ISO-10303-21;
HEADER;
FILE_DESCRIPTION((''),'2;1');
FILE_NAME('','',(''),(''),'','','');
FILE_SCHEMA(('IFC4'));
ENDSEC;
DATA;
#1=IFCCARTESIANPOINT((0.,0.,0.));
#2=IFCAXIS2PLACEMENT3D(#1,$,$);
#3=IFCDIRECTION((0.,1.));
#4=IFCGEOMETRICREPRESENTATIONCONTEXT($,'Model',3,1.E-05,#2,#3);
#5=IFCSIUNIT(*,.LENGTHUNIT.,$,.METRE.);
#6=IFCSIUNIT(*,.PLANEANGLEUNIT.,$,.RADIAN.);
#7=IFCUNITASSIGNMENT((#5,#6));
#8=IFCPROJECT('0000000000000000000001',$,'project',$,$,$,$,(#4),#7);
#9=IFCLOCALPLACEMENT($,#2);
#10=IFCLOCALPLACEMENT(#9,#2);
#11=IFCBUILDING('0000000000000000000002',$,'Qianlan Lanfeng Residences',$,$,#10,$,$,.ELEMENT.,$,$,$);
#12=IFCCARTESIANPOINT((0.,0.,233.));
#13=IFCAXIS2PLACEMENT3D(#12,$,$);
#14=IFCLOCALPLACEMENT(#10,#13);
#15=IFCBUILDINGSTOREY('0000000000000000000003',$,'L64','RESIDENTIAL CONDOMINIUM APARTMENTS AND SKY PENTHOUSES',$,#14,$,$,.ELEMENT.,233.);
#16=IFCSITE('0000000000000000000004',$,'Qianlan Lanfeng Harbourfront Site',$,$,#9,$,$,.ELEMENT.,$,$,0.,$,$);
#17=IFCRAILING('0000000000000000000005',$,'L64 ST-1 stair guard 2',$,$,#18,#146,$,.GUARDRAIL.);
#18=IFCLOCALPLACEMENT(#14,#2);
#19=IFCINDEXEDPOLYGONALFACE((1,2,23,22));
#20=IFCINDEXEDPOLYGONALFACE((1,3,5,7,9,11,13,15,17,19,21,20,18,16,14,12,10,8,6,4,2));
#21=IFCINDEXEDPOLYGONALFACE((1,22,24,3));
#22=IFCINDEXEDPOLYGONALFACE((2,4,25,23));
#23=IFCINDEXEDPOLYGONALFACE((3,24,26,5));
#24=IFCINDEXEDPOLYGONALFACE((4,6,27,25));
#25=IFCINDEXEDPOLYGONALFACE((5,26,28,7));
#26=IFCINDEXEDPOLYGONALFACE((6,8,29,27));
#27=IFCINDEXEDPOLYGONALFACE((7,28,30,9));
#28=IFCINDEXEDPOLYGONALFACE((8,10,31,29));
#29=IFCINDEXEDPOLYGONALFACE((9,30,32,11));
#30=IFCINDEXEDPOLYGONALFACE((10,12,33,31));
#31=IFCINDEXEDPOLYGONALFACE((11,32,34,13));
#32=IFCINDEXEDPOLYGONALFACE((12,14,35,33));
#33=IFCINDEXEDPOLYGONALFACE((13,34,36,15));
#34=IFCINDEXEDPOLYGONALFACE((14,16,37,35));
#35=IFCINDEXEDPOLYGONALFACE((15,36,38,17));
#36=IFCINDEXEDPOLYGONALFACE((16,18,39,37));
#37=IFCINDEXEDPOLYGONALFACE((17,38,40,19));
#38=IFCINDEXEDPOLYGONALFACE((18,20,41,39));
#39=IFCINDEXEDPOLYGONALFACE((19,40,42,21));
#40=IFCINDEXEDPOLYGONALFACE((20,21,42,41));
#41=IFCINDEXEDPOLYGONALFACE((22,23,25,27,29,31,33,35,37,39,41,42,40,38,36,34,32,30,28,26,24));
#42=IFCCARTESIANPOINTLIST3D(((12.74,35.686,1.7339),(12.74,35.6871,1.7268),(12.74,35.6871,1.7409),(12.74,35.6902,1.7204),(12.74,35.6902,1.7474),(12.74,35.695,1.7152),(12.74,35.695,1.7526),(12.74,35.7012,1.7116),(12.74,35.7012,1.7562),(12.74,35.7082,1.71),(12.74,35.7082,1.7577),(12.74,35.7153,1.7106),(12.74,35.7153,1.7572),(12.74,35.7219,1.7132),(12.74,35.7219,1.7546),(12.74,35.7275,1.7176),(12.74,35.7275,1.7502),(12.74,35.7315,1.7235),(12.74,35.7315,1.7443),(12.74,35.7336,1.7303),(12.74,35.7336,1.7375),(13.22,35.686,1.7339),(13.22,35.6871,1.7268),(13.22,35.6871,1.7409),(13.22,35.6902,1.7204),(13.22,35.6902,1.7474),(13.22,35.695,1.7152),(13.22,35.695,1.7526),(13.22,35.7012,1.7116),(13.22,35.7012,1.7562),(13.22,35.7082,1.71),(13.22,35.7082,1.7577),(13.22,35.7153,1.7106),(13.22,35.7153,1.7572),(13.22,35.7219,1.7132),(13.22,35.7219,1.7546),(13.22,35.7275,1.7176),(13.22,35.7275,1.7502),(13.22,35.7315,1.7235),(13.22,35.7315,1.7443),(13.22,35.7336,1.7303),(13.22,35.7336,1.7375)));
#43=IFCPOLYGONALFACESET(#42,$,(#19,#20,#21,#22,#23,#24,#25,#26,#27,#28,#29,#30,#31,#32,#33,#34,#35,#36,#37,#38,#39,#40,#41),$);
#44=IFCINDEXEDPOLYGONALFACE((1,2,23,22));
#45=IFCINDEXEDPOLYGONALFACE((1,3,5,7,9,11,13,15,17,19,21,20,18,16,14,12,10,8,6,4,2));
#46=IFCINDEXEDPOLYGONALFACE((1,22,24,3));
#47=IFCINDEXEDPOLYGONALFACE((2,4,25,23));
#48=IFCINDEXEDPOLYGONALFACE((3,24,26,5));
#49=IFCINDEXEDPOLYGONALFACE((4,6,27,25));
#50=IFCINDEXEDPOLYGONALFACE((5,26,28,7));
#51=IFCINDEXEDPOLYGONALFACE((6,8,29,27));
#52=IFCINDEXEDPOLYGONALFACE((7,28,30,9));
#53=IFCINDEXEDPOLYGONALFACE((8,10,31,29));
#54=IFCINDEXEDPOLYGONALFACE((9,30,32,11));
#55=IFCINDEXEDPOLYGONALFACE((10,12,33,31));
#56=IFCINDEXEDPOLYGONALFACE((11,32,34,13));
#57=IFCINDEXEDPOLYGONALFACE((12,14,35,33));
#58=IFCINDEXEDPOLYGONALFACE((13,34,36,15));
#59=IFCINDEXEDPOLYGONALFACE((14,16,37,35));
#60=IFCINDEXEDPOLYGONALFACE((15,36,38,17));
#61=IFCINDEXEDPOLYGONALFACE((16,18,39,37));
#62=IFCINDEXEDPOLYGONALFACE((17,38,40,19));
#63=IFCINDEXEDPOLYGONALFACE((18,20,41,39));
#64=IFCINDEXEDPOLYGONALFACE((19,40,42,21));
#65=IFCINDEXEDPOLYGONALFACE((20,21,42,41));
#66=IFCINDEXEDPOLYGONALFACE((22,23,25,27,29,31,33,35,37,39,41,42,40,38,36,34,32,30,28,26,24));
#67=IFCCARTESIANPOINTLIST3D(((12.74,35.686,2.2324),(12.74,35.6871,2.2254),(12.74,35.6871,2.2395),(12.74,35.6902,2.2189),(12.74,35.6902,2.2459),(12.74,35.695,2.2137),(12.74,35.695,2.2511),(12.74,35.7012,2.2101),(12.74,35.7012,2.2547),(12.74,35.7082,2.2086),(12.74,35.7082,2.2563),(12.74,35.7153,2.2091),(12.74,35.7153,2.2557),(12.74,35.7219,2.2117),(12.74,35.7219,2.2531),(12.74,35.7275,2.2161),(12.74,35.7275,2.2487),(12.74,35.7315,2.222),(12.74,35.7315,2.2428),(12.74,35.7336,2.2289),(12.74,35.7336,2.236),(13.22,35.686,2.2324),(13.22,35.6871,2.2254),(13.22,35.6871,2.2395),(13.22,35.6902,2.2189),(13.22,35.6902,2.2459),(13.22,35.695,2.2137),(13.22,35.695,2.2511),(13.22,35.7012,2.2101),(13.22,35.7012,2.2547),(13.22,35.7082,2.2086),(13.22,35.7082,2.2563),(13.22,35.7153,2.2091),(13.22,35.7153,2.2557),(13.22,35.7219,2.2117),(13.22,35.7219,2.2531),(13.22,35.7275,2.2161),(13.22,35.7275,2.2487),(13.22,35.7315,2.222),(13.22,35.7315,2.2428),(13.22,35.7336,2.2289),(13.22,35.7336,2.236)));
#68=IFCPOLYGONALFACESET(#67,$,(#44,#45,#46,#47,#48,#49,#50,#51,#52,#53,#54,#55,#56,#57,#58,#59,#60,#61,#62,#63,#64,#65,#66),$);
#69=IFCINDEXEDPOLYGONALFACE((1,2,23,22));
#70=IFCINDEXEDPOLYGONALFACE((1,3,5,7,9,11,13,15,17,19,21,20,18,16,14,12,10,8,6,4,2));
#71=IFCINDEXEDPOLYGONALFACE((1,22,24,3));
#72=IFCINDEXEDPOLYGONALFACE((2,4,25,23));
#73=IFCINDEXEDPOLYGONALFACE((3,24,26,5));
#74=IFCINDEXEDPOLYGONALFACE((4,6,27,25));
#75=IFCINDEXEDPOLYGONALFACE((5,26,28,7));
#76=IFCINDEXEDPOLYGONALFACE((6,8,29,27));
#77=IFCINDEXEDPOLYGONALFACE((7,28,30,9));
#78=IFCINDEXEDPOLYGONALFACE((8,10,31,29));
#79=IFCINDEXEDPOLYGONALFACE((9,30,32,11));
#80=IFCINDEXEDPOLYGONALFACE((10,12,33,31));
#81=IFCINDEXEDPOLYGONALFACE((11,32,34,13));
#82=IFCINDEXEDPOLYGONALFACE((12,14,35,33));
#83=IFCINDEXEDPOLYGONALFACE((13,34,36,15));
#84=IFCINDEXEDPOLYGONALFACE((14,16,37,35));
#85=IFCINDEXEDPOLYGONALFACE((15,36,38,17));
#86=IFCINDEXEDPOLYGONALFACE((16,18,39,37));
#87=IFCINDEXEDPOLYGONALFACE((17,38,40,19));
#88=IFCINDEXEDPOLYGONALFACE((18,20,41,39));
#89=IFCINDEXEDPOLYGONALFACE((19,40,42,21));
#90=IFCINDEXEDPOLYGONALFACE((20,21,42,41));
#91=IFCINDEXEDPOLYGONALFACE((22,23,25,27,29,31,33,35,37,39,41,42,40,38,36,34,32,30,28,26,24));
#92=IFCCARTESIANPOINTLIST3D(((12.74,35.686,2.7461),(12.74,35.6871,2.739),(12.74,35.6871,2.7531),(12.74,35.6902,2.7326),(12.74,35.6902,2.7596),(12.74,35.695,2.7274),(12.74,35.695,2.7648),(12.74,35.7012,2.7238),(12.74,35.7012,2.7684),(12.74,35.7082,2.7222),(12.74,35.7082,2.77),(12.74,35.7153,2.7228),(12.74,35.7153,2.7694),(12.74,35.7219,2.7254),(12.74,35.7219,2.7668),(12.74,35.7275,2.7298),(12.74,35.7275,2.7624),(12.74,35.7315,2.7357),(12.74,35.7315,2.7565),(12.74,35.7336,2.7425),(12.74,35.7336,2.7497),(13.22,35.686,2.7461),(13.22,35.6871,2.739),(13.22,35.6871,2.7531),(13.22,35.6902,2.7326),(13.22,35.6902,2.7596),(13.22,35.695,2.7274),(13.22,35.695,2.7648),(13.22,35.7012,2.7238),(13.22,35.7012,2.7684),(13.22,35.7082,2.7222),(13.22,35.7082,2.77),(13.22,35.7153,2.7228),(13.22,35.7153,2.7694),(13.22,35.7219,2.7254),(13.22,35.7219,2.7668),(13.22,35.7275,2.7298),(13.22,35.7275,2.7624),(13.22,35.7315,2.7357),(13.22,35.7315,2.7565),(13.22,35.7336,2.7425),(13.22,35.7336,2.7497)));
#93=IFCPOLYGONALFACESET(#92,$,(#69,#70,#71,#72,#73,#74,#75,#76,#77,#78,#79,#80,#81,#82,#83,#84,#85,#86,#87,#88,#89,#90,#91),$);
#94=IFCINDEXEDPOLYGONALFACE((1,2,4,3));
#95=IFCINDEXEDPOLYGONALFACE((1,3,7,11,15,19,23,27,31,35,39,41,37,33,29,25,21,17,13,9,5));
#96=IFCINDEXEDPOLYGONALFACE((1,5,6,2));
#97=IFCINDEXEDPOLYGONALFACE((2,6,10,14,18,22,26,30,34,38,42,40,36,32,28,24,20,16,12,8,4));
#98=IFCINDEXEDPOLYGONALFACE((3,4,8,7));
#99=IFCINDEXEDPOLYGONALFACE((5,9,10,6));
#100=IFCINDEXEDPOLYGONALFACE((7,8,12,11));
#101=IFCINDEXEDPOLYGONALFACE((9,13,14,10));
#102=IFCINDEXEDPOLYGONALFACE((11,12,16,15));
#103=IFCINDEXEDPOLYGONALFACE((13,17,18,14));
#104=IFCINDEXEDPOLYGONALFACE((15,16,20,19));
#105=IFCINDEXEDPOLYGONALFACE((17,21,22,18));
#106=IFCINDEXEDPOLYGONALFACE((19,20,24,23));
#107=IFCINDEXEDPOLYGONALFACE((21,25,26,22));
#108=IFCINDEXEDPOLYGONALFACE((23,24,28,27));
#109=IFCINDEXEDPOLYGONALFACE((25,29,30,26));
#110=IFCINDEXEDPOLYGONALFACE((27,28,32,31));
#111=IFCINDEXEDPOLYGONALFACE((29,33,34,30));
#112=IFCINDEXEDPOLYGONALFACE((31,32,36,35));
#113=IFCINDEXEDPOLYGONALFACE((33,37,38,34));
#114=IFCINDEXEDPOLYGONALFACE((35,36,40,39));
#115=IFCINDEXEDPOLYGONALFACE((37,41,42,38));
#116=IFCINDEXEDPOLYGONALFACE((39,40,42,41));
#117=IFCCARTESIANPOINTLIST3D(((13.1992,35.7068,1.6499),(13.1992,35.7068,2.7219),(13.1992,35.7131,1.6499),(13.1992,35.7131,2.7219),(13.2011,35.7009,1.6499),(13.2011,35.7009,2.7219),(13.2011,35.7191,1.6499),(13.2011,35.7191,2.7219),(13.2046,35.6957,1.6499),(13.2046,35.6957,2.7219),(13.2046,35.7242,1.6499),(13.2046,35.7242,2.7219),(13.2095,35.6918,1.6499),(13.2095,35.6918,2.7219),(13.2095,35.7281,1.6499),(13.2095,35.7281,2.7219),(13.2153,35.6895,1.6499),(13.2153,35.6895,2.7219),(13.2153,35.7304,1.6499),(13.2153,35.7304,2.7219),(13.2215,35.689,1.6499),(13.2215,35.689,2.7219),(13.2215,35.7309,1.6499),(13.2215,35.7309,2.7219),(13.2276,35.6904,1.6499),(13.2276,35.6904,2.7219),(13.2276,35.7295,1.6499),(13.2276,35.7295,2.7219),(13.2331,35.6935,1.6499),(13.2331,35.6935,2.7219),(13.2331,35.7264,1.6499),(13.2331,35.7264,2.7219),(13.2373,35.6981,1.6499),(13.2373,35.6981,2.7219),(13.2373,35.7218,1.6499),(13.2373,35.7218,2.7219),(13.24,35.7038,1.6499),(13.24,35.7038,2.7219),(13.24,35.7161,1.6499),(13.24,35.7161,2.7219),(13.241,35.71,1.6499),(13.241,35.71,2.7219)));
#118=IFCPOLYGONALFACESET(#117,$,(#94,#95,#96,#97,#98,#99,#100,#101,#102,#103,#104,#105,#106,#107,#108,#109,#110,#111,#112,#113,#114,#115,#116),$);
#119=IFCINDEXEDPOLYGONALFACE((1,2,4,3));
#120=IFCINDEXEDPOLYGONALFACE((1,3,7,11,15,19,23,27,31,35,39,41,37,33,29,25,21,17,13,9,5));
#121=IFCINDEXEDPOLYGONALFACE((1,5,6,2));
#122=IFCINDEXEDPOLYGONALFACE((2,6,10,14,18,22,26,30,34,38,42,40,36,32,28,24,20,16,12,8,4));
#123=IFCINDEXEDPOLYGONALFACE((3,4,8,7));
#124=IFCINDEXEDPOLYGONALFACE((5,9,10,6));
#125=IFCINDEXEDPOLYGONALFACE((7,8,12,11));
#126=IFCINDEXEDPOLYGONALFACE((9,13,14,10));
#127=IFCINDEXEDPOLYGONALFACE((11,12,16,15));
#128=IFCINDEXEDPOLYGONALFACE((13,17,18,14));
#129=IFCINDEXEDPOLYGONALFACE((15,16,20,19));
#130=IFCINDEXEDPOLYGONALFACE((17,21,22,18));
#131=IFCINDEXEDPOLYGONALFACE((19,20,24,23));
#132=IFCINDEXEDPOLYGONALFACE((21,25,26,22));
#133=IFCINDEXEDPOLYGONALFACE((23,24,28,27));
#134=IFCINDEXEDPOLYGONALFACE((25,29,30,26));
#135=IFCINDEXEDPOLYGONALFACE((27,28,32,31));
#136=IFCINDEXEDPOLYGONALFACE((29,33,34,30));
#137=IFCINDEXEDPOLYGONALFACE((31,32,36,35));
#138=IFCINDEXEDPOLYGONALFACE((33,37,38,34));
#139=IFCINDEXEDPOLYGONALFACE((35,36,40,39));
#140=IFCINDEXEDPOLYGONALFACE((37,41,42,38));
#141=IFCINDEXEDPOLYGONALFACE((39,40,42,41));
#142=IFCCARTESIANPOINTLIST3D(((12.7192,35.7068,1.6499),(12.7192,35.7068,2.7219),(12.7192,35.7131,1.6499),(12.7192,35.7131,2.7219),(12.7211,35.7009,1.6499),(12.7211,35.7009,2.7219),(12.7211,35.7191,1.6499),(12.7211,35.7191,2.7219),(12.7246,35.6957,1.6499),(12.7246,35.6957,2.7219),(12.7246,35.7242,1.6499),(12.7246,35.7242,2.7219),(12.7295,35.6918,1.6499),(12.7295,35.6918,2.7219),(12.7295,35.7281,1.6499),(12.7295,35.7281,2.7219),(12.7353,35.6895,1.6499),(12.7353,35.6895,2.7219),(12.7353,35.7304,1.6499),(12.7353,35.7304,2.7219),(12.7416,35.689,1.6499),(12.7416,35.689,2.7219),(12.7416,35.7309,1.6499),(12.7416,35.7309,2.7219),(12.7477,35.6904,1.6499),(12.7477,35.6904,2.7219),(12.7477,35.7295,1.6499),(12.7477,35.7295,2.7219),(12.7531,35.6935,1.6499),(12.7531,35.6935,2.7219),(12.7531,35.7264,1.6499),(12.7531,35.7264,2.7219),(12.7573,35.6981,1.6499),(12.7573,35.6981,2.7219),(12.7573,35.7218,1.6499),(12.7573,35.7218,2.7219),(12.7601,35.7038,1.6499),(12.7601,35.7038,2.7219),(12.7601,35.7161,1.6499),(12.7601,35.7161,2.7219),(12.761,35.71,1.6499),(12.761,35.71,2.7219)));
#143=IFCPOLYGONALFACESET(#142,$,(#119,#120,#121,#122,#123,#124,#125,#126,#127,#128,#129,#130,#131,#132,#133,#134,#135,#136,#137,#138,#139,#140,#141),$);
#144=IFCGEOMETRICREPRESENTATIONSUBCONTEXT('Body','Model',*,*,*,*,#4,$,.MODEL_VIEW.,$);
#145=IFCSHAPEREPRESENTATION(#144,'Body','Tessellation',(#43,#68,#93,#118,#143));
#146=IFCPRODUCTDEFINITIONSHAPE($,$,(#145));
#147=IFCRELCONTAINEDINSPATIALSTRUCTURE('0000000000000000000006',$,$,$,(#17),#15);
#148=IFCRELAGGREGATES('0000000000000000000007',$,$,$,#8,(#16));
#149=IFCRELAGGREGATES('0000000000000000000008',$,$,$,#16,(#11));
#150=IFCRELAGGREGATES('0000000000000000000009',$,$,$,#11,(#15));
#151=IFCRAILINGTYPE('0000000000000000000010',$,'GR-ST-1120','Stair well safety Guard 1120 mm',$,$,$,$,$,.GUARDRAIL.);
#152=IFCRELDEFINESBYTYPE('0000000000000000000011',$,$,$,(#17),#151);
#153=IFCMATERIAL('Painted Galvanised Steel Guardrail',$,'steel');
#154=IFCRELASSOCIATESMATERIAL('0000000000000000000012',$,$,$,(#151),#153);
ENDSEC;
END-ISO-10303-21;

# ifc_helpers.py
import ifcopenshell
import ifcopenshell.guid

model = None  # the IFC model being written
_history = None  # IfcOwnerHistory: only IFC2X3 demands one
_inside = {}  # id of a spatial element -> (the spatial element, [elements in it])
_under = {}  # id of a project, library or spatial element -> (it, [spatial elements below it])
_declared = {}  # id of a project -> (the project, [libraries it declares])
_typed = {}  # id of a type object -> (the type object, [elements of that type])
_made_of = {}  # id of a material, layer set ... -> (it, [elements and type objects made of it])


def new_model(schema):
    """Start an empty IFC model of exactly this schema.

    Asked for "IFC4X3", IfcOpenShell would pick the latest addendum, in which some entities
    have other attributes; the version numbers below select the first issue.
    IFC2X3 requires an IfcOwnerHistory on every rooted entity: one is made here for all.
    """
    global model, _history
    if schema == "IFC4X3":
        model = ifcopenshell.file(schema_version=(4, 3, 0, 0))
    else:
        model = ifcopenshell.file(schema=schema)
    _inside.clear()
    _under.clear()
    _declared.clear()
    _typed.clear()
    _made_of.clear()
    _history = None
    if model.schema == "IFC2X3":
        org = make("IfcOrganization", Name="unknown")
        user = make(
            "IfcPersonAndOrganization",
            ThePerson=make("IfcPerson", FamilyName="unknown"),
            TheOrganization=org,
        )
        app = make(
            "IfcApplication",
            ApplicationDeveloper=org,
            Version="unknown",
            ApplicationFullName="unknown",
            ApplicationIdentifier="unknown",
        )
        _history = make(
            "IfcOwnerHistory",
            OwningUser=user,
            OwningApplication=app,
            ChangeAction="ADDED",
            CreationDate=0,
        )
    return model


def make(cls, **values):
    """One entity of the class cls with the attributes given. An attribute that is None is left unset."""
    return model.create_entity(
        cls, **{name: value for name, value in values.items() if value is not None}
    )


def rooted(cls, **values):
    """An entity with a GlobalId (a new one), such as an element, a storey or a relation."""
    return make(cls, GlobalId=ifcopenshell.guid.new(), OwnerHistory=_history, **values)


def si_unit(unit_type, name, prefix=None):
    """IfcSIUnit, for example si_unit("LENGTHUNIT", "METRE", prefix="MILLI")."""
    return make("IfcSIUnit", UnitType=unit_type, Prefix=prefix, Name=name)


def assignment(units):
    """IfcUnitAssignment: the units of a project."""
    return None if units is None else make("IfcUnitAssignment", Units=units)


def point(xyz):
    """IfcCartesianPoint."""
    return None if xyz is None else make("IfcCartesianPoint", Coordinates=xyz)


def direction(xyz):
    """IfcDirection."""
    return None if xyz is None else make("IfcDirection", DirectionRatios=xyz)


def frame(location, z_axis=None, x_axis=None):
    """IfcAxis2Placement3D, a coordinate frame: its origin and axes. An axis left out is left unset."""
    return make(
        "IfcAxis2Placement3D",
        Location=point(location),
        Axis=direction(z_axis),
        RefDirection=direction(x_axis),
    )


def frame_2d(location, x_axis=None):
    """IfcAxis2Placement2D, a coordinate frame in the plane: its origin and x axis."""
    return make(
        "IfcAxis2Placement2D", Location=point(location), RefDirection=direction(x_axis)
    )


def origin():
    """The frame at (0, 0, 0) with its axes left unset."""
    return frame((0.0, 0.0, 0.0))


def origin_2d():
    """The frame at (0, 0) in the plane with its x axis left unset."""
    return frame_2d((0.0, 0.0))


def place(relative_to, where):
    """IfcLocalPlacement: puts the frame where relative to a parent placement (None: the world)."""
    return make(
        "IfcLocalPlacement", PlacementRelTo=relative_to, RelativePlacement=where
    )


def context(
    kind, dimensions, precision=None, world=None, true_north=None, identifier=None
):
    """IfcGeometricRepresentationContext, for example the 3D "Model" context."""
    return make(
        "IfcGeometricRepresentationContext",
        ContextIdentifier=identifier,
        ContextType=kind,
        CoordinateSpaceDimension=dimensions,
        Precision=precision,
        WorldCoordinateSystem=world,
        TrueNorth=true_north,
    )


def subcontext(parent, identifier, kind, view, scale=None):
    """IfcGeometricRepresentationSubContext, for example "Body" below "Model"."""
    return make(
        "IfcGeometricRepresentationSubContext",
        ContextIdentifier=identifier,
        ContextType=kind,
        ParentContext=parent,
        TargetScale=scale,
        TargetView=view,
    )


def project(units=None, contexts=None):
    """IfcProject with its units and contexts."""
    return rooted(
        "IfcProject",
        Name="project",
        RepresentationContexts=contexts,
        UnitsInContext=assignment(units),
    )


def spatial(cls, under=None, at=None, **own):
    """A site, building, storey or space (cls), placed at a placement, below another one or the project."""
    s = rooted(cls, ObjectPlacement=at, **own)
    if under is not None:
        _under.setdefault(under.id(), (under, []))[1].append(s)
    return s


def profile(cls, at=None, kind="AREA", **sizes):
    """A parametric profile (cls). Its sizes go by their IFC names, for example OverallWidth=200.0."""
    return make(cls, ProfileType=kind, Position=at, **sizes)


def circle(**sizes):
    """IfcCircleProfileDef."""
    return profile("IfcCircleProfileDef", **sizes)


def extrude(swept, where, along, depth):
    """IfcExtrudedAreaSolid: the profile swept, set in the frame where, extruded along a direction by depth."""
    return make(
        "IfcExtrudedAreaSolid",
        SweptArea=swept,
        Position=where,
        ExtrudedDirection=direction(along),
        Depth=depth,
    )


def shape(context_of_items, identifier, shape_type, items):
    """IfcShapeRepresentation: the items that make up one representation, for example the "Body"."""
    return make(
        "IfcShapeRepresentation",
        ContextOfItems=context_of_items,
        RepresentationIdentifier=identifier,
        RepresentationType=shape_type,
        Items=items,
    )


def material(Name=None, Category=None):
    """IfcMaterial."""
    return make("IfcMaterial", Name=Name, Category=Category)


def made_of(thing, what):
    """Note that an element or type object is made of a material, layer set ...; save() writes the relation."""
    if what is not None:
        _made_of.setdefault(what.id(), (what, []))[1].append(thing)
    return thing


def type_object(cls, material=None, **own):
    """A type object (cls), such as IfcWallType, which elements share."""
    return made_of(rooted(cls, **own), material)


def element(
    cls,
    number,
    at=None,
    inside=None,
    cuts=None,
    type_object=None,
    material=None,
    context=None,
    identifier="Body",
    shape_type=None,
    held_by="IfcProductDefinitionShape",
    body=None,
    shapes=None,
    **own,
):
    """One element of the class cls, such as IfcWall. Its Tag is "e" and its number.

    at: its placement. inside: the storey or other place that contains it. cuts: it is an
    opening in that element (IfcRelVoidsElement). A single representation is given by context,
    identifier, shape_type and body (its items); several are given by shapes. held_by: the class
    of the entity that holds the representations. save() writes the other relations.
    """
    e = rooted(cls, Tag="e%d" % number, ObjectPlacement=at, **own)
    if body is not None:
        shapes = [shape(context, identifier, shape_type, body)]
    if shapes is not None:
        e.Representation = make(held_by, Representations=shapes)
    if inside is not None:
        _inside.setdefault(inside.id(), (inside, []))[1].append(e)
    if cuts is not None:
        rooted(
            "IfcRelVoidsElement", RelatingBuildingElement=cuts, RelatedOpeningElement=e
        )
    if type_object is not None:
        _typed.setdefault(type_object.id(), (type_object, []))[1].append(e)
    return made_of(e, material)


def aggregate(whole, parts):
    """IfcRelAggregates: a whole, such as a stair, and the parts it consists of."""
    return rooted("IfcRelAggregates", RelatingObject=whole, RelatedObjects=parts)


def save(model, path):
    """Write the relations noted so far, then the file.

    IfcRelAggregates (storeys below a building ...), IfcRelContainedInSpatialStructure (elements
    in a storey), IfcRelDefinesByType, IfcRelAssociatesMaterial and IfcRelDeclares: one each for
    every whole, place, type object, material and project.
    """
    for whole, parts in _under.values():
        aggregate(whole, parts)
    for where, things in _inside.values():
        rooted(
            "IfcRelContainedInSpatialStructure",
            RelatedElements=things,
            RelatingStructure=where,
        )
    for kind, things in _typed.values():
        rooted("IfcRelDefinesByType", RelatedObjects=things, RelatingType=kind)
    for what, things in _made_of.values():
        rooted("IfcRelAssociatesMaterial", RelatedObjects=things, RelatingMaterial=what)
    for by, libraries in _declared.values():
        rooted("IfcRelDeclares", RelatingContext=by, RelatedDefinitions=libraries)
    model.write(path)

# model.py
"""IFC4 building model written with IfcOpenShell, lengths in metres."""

from ifc_helpers import new_model, si_unit, direction, frame, origin, origin_2d, place, context, subcontext, project, spatial, circle, extrude, material, type_object, element, save


model = new_model("IFC4")

# Units and contexts
model_context = context("Model", 3, precision=1e-05, world=origin(), true_north=direction((0.0, 1.0)))
body_context = subcontext(model_context, "Body", "Model", "MODEL_VIEW")
ifc_project = project(units=[si_unit("LENGTHUNIT", "METRE"), si_unit("PLANEANGLEUNIT", "RADIAN")], contexts=[model_context])

# Site, building, storey
site_placement = place(None, origin())
site = spatial("IfcSite", under=ifc_project, at=site_placement, Name="Qianlan Lanfeng Harbourfront Site", CompositionType="ELEMENT", RefElevation=0.0)
building_placement = place(site_placement, origin())
building = spatial("IfcBuilding", under=site, at=building_placement, Name="Qianlan Lanfeng Residences", CompositionType="ELEMENT")
storey_placement = place(building_placement, frame((0.0, 0.0, 233.0)))
storey = spatial("IfcBuildingStorey", under=building, at=storey_placement, Name="L64", Description="RESIDENTIAL CONDOMINIUM APARTMENTS AND SKY PENTHOUSES", CompositionType="ELEMENT", Elevation=233.0)

# Railing
ifc_material_1 = material(Name="Painted Galvanised Steel Guardrail", Category="steel")
railing_type_1 = type_object("IfcRailingType", Name="GR-ST-1120", Description="Stair well safety Guard 1120 mm", PredefinedType="GUARDRAIL", material=ifc_material_1)
for number, where, name in (
    (1, (13.22, 35.71, 1.6499), "L64 ST-1 stair guard 2"),
):
    element("IfcRailing", number, at=place(storey_placement, frame(where)), inside=storey, type_object=railing_type_1, Name=name, PredefinedType="GUARDRAIL", context=body_context, shape_type="SweptSolid", body=[
        extrude(circle(Radius=0.0239, at=origin_2d()), frame((0.0, 0.0, 0.084), z_axis=(-1.0, 0.0, 0.0), x_axis=(0.0, -1.0, 0.0)), (0.0, 0.0, 1.0), 0.48),
        extrude(circle(Radius=0.0239, at=origin_2d()), frame((0.0, 0.0, 0.5825), z_axis=(-1.0, 0.0, 0.0), x_axis=(0.0, -1.0, 0.0)), (0.0, 0.0, 1.0), 0.48),
        extrude(circle(Radius=0.0239, at=origin_2d()), frame((0.0, 0.0, 1.0962), z_axis=(-1.0, 0.0, 0.0), x_axis=(0.0, -1.0, 0.0)), (0.0, 0.0, 1.0), 0.48),
        extrude(circle(Radius=0.021, at=origin_2d()), origin(), (0.0, 0.0, 1.0), 1.072),
        extrude(circle(Radius=0.021, at=origin_2d()), frame((-0.48, 0.0, 0.0)), (0.0, 0.0, 1.0), 1.072),
    ])

save(model, "model.ifc")
